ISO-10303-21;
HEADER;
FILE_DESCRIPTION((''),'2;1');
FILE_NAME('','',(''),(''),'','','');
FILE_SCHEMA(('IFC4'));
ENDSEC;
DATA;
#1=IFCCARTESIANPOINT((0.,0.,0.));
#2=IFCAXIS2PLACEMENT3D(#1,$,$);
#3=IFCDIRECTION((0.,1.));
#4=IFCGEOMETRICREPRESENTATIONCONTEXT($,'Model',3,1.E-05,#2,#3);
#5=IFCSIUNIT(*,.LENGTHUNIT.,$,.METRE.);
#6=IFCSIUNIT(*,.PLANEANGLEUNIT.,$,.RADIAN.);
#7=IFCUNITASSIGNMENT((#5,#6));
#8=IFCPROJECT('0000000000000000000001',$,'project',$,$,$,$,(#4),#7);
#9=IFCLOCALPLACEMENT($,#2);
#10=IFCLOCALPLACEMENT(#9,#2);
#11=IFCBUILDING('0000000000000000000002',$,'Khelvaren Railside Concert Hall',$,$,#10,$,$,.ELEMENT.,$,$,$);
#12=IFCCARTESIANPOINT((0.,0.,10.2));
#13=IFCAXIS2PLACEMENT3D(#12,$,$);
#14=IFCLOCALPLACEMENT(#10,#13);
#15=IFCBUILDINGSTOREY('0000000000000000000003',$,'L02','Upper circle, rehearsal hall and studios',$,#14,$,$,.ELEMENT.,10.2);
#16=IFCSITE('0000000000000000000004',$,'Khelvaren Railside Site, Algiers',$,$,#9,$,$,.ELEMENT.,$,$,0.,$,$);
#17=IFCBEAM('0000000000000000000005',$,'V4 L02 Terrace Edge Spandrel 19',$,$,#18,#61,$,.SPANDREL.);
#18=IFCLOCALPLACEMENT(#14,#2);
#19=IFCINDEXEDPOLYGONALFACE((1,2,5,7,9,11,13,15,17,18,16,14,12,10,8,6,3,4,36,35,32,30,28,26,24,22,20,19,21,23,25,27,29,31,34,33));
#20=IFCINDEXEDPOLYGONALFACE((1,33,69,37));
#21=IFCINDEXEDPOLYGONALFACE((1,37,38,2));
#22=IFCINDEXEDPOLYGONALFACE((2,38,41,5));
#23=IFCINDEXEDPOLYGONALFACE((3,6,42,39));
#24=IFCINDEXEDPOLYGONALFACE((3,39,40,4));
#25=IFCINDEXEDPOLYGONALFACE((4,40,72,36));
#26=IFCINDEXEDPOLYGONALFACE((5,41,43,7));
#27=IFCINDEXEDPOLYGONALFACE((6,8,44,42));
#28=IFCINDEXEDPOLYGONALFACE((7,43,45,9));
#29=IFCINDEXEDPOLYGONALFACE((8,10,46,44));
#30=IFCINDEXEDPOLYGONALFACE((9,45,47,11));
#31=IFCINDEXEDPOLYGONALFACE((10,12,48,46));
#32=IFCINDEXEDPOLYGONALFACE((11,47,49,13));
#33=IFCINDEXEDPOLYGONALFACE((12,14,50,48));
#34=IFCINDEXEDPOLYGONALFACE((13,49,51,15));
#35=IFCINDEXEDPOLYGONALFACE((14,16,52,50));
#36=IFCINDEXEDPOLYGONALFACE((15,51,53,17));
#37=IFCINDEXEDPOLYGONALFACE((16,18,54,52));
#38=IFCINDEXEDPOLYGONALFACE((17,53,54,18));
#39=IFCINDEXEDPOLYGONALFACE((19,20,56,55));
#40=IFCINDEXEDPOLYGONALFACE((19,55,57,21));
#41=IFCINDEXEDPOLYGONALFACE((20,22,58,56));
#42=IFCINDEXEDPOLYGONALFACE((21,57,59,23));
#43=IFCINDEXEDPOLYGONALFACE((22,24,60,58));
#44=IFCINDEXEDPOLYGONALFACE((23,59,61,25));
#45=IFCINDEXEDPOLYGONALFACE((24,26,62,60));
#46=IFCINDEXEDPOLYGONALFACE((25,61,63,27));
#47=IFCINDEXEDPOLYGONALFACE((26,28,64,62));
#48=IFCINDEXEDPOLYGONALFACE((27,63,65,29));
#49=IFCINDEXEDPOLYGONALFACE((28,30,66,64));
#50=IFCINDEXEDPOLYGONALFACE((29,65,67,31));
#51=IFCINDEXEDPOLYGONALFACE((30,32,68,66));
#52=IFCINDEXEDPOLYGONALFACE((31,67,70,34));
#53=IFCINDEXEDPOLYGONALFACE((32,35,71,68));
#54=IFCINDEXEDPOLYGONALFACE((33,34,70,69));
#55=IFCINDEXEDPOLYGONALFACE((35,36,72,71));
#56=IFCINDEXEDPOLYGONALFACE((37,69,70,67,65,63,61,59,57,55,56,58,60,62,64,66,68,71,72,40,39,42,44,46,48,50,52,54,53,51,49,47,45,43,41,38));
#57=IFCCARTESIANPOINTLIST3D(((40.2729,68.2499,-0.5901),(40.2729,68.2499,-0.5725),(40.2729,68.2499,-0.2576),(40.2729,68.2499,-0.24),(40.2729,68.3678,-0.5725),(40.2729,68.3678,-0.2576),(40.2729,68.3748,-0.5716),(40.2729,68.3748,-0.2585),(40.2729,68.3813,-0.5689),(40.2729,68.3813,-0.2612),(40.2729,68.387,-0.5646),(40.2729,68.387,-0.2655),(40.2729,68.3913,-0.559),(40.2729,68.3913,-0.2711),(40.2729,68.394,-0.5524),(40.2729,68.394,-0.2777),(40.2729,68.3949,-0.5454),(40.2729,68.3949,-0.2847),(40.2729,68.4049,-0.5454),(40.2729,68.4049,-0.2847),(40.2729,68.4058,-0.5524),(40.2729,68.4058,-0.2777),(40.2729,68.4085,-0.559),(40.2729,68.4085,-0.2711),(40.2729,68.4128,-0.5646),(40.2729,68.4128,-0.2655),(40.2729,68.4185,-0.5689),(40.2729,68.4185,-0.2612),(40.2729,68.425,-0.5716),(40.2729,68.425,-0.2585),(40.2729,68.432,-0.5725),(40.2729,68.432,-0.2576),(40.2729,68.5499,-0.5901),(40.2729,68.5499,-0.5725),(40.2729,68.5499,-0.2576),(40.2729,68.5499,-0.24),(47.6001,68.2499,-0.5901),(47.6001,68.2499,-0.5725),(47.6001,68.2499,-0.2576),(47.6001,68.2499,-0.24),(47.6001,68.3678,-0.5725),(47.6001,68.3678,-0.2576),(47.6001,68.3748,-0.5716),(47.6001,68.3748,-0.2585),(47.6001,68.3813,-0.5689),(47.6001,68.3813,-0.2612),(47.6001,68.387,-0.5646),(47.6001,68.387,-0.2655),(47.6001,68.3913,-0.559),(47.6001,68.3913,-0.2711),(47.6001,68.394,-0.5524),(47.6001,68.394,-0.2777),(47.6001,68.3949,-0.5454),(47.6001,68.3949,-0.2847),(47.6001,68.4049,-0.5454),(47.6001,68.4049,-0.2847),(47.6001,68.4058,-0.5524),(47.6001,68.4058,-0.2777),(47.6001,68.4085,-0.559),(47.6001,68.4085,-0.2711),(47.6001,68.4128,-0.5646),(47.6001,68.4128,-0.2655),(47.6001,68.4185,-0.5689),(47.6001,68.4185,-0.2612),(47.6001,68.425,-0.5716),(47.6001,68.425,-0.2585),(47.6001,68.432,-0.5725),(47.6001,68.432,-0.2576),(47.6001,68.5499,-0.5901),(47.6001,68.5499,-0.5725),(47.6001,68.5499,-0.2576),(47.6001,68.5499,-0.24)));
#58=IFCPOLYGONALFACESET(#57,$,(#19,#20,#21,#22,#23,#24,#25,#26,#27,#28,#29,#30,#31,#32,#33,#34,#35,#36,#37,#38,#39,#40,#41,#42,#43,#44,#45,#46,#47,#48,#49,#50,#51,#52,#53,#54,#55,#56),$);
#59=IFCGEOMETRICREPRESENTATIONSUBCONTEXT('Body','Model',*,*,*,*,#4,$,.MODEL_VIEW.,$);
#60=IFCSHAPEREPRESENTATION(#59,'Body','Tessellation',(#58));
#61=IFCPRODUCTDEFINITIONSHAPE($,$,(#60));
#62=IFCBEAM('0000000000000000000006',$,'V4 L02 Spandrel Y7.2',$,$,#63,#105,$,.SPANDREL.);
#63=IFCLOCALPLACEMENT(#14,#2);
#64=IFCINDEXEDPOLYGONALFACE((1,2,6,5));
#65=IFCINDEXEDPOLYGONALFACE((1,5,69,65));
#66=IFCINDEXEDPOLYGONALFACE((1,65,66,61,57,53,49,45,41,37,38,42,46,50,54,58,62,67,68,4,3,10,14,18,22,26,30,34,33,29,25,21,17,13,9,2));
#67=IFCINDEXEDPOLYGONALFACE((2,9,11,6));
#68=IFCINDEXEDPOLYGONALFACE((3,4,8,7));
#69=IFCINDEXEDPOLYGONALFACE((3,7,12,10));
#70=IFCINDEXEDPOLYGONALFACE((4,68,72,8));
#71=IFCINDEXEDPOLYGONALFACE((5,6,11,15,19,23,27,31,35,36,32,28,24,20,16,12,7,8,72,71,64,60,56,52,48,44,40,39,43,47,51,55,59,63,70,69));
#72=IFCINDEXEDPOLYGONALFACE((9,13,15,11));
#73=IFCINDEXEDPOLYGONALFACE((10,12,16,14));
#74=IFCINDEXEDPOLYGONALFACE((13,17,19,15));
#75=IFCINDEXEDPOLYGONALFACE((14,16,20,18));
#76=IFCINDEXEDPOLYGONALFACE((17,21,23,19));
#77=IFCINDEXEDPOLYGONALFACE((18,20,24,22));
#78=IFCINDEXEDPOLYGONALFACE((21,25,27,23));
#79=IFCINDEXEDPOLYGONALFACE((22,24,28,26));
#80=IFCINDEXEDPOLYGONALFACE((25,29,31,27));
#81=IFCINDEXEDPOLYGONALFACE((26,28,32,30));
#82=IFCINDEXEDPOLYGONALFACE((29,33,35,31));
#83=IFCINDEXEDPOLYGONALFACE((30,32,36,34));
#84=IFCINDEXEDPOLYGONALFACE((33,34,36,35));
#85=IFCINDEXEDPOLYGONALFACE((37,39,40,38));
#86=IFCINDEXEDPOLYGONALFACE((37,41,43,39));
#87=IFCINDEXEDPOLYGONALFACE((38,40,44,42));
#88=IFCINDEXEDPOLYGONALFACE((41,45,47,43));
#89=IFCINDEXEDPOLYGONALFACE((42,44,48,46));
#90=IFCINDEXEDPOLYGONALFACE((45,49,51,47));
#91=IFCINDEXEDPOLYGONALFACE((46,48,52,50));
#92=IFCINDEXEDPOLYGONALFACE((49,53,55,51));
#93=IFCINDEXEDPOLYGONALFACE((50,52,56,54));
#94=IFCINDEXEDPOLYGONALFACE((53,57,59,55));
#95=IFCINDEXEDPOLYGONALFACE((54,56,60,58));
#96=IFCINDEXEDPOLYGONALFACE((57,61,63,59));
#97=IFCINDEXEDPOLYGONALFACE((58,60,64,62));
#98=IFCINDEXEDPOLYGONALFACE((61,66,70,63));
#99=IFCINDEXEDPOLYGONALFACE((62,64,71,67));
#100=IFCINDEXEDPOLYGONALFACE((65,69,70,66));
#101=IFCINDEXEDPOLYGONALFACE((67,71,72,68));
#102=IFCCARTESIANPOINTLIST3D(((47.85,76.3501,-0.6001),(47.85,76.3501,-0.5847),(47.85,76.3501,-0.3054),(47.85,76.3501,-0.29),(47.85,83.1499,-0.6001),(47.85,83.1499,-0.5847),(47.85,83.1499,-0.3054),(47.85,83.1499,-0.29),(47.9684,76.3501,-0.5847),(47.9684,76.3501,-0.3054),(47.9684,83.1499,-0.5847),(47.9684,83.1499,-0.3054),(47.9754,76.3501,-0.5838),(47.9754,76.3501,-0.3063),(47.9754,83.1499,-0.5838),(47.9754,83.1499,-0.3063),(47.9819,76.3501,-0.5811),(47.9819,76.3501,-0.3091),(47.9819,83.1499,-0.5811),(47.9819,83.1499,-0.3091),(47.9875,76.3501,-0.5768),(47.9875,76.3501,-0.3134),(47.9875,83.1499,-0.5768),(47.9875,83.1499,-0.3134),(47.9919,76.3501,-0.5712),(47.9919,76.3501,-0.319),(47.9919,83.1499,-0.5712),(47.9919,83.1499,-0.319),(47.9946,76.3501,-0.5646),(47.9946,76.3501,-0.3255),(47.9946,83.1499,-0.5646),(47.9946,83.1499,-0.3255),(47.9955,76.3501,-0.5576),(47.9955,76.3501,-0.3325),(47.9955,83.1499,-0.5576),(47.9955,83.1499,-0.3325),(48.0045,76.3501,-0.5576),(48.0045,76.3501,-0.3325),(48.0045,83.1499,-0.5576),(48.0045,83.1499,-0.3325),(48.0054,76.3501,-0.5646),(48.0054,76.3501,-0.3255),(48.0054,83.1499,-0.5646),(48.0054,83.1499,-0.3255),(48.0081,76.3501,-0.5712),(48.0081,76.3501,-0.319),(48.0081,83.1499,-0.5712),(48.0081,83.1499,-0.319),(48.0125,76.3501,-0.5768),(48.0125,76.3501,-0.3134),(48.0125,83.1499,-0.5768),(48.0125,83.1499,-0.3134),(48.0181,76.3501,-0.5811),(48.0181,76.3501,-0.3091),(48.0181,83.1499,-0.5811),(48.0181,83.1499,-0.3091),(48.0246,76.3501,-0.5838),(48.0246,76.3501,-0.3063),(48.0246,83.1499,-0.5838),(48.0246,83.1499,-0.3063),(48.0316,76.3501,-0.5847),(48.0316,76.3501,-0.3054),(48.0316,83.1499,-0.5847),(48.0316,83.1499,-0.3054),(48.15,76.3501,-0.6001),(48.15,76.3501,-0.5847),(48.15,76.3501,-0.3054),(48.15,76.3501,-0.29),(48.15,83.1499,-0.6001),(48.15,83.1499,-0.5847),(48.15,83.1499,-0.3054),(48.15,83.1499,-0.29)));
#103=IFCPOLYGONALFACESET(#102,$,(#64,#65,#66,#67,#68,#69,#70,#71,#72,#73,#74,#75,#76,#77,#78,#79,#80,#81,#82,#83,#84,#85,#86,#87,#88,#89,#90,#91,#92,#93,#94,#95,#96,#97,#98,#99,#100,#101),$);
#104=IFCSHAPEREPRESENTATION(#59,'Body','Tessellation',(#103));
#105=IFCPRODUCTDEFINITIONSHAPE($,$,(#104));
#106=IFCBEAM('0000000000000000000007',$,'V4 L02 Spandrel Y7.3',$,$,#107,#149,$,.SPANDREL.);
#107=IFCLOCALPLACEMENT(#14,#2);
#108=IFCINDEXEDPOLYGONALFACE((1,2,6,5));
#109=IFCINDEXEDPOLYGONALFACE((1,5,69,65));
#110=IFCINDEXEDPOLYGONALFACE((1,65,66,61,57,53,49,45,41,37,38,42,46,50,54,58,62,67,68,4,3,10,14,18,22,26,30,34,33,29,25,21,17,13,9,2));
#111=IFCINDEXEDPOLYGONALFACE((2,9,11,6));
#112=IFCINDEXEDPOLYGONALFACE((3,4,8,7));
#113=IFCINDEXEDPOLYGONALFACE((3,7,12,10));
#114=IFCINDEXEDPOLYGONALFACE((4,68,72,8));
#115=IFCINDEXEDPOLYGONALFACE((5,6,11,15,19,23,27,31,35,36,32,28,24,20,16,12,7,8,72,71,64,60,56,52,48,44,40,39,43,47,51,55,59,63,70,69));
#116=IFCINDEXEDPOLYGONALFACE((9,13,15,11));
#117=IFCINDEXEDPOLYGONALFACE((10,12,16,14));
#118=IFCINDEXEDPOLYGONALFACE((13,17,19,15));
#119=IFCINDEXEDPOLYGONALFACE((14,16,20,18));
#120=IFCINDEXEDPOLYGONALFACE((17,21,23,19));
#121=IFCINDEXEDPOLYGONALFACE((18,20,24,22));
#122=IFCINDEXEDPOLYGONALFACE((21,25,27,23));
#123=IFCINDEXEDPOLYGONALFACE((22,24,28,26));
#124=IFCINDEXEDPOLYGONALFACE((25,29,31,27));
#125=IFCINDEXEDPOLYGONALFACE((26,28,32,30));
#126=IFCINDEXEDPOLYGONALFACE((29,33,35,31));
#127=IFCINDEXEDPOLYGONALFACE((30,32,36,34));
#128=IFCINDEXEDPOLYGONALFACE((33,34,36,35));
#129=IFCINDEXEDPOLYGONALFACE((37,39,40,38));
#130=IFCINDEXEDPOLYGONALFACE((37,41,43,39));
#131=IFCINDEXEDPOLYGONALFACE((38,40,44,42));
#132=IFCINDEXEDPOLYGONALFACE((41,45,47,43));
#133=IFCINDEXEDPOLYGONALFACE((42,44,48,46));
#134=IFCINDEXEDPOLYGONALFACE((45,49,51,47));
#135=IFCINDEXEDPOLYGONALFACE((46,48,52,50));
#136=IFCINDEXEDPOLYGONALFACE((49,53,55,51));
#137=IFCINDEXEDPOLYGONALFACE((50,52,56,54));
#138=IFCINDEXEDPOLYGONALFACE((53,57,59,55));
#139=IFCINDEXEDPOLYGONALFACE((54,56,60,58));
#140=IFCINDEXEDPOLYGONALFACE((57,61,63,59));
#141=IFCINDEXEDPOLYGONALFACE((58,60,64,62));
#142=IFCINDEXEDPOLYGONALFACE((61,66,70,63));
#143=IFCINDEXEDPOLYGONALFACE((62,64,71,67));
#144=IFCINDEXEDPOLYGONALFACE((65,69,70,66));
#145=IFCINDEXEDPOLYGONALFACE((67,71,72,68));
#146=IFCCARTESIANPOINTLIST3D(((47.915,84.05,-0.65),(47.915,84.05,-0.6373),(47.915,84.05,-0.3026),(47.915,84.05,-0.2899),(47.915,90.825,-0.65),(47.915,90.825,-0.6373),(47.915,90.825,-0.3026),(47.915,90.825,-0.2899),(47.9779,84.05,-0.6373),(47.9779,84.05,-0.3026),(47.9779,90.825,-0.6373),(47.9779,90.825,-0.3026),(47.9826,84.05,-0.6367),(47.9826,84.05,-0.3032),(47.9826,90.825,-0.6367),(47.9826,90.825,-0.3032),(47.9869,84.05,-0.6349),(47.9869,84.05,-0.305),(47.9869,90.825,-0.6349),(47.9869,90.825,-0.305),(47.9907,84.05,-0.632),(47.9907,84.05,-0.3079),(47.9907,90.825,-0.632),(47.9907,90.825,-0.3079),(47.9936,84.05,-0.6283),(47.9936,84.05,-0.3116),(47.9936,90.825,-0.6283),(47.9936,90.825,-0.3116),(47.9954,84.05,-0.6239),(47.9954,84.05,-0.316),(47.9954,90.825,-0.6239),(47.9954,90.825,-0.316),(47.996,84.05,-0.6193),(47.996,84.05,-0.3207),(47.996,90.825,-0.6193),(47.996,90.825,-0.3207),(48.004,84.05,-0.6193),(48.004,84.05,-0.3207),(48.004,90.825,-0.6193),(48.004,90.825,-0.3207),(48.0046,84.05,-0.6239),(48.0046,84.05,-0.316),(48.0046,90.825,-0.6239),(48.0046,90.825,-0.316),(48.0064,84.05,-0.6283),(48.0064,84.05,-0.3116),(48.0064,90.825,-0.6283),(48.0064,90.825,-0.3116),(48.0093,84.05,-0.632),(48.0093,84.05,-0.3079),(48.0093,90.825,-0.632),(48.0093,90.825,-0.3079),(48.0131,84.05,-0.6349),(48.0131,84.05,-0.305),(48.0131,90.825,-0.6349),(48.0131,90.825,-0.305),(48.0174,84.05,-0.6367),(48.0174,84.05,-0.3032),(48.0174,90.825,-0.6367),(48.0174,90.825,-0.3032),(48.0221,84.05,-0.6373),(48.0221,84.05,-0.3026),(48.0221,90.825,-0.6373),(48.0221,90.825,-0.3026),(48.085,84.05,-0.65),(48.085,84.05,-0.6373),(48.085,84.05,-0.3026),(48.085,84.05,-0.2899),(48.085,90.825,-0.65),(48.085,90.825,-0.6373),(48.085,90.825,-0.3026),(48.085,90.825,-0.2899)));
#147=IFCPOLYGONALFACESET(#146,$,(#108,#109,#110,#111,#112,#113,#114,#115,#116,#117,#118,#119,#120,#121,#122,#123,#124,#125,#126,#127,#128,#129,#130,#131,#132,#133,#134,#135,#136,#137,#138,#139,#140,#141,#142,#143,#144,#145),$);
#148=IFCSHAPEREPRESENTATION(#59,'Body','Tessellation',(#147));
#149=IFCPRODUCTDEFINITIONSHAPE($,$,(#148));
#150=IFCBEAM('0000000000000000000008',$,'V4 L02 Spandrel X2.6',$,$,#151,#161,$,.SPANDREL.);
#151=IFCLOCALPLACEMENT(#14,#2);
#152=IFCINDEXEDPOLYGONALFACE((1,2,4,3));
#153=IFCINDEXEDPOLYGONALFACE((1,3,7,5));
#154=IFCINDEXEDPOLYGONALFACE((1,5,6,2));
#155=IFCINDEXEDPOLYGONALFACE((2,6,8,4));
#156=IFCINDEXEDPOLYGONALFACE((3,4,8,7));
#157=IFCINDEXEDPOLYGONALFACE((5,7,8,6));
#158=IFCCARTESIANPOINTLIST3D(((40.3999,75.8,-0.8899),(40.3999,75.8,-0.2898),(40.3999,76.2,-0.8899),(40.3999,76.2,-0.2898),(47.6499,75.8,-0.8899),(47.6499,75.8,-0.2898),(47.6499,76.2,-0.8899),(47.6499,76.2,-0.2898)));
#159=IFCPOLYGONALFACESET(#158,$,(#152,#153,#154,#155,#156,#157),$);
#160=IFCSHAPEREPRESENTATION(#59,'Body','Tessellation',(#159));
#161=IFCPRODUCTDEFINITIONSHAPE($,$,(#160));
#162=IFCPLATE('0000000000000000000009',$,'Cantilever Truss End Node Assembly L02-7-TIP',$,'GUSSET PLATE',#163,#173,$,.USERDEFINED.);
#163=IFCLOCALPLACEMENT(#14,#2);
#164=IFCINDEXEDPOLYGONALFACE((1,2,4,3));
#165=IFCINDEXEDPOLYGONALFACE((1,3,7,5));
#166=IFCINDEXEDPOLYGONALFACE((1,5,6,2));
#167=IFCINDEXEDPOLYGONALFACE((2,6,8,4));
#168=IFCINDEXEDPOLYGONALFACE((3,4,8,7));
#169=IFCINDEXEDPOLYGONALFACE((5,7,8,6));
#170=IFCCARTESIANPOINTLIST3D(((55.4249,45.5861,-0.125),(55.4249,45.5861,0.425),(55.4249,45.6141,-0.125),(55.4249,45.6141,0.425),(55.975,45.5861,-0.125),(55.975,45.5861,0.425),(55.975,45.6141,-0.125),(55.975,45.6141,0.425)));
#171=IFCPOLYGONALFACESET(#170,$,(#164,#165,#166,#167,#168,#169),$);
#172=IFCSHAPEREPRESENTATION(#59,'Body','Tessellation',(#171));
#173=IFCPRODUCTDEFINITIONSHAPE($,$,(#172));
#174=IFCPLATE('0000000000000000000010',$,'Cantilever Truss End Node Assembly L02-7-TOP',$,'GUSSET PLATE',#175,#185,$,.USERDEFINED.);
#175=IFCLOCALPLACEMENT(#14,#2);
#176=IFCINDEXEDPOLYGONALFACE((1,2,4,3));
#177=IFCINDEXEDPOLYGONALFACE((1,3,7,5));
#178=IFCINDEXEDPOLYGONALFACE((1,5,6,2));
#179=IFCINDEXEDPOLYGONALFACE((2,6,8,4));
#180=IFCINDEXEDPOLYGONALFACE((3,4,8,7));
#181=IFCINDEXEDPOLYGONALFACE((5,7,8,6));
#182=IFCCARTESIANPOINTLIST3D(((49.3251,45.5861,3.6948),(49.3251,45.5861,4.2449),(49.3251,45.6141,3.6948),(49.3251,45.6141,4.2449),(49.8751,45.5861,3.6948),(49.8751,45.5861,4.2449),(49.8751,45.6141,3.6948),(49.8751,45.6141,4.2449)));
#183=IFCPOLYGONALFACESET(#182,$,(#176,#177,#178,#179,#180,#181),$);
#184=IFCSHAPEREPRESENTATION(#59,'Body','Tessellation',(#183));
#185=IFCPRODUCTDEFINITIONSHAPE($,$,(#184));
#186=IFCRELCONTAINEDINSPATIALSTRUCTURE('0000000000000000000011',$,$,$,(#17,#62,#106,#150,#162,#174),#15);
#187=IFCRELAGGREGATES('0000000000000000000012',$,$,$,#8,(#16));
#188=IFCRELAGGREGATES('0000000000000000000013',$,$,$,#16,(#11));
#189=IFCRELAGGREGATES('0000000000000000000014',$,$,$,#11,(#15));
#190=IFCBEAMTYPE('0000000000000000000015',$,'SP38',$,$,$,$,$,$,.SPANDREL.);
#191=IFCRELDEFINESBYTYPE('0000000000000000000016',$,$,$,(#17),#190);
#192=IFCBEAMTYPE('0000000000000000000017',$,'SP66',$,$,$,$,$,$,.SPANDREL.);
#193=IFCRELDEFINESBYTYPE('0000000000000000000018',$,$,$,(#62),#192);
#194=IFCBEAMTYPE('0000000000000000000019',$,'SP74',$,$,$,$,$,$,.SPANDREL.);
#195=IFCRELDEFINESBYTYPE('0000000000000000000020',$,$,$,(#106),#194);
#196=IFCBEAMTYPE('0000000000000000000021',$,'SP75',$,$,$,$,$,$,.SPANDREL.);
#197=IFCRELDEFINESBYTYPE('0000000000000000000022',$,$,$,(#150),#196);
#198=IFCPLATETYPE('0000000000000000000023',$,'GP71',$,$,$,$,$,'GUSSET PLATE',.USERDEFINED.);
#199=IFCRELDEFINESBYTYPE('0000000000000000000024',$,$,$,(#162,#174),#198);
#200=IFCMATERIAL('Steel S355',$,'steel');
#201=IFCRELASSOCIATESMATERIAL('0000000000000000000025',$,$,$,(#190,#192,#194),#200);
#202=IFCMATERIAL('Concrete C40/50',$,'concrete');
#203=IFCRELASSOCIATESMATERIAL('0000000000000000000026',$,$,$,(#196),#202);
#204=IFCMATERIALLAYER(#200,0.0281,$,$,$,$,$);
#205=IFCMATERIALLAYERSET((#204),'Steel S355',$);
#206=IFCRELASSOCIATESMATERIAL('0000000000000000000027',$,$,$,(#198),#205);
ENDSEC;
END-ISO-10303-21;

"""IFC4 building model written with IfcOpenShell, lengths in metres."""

from ifc_helpers import new_model, si_unit, direction, frame, origin, origin_2d, place, context, subcontext, project, spatial, rectangle, i_section, extrude, material, layer, layer_set, material_profile, profile_set, type_object, element, save


model = new_model("IFC4")

# Units and contexts
model_context = context("Model", 3, precision=1e-05, world=origin(), true_north=direction((0.0, 1.0)))
body_context = subcontext(model_context, "Body", "Model", "MODEL_VIEW")
ifc_project = project(units=[si_unit("LENGTHUNIT", "METRE"), si_unit("PLANEANGLEUNIT", "RADIAN")], contexts=[model_context])

# Site, building, storey
site_placement = place(None, origin())
site = spatial("IfcSite", under=ifc_project, at=site_placement, Name="Khelvaren Railside Site, Algiers", CompositionType="ELEMENT", RefElevation=0.0)
building_placement = place(site_placement, origin())
building = spatial("IfcBuilding", under=site, at=building_placement, Name="Khelvaren Railside Concert Hall", CompositionType="ELEMENT")
storey_placement = place(building_placement, frame((0.0, 0.0, 10.2)))
storey = spatial("IfcBuildingStorey", under=building, at=storey_placement, Name="L02", Description="Upper circle, rehearsal hall and studios", CompositionType="ELEMENT", Elevation=10.2)

# Shared definitions
ifc_material_1 = material(Name="Steel S355", Category="steel")

# Beams
ifc_material_2 = material(Name="Concrete C40/50", Category="concrete")
ifc_material_profile_1 = material_profile(ifc_material_1, i_section(OverallWidth=0.3, OverallDepth=0.3501, WebThickness=0.01, FlangeThickness=0.0176, FilletRadius=0.0271, at=origin_2d()), Name="HEA 360")
ifc_profile_set_1 = profile_set([ifc_material_profile_1], Name="Steel S355")
beam_type_1 = type_object("IfcBeamType", Name="SP38", PredefinedType="SPANDREL", material=ifc_profile_set_1)
beam_1_placement = place(storey_placement, frame((40.2729, 68.3999, -0.415), z_axis=(1.0, 0.0, 0.0), x_axis=(0.0, 1.0, 0.0)))
element("IfcBeam", 1, at=beam_1_placement, inside=storey, type_object=beam_type_1, Name="V4 L02 Terrace Edge Spandrel 19", PredefinedType="SPANDREL", context=body_context, shape_type="SweptSolid", body=[
    extrude(i_section(OverallWidth=0.3, OverallDepth=0.3501, WebThickness=0.01, FlangeThickness=0.0176, FilletRadius=0.0271, at=origin_2d()), origin(), (0.0, 0.0, 1.0), 7.3271),
])
ifc_material_profile_2 = material_profile(ifc_material_1, i_section(OverallWidth=0.3, OverallDepth=0.3101, WebThickness=0.009, FlangeThickness=0.0154, FilletRadius=0.0271, at=origin_2d()), Name="HEA 320")
ifc_profile_set_2 = profile_set([ifc_material_profile_2], Name="Steel S355")
beam_type_2 = type_object("IfcBeamType", Name="SP66", PredefinedType="SPANDREL", material=ifc_profile_set_2)
beam_2_placement = place(storey_placement, frame((48.0, 76.3501, -0.4451), z_axis=(0.0, 1.0, 0.0), x_axis=(-1.0, 0.0, 0.0)))
element("IfcBeam", 2, at=beam_2_placement, inside=storey, type_object=beam_type_2, Name="V4 L02 Spandrel Y7.2", PredefinedType="SPANDREL", context=body_context, shape_type="SweptSolid", body=[
    extrude(i_section(OverallWidth=0.3, OverallDepth=0.3101, WebThickness=0.009, FlangeThickness=0.0154, FilletRadius=0.0271, at=origin_2d()), origin(), (0.0, 0.0, 1.0), 6.7998),
])
ifc_material_profile_3 = material_profile(ifc_material_1, i_section(OverallWidth=0.1699, OverallDepth=0.3601, WebThickness=0.0081, FlangeThickness=0.0127, FilletRadius=0.0181, at=origin_2d()), Name="IPE 360")
ifc_profile_set_3 = profile_set([ifc_material_profile_3], Name="Steel S355")
beam_type_3 = type_object("IfcBeamType", Name="SP74", PredefinedType="SPANDREL", material=ifc_profile_set_3)
beam_3_placement = place(storey_placement, frame((48.0, 84.05, -0.47), z_axis=(0.0, 1.0, 0.0), x_axis=(-1.0, 0.0, 0.0)))
element("IfcBeam", 3, at=beam_3_placement, inside=storey, type_object=beam_type_3, Name="V4 L02 Spandrel Y7.3", PredefinedType="SPANDREL", context=body_context, shape_type="SweptSolid", body=[
    extrude(i_section(OverallWidth=0.1699, OverallDepth=0.3601, WebThickness=0.0081, FlangeThickness=0.0127, FilletRadius=0.0181, at=origin_2d()), origin(), (0.0, 0.0, 1.0), 6.7749),
])
ifc_material_profile_4 = material_profile(ifc_material_2, rectangle(XDim=0.3999, YDim=0.6001, at=origin_2d()), Name="RCB 400x600")
ifc_profile_set_4 = profile_set([ifc_material_profile_4], Name="Concrete C40/50")
beam_type_4 = type_object("IfcBeamType", Name="SP75", PredefinedType="SPANDREL", material=ifc_profile_set_4)
beam_4_placement = place(storey_placement, frame((40.3999, 76.0, -0.5898), z_axis=(1.0, 0.0, 0.0), x_axis=(0.0, 1.0, 0.0)))
element("IfcBeam", 4, at=beam_4_placement, inside=storey, type_object=beam_type_4, Name="V4 L02 Spandrel X2.6", PredefinedType="SPANDREL", context=body_context, shape_type="SweptSolid", body=[
    extrude(rectangle(XDim=0.3999, YDim=0.6001, at=origin_2d()), origin(), (0.0, 0.0, 1.0), 7.25),
])

# Plates
ifc_layer_1 = layer(ifc_material_1, 0.0281)
ifc_layer_set_1 = layer_set([ifc_layer_1], Name="Steel S355")
plate_type = type_object("IfcPlateType", Name="GP71", ElementType="GUSSET PLATE", PredefinedType="USERDEFINED", material=ifc_layer_set_1)
for number, where, z_axis, x_axis, name in (
    (5, (55.7, 45.6001, -0.125), (0.0, 0.0, 1.0), (1.0, 0.0, 0.0), "Cantilever Truss End Node Assembly L02-7-TIP"),
    (6, (49.6001, 45.6001, 3.6948), (0.0, 0.0, 1.0), (1.0, 0.0, 0.0), "Cantilever Truss End Node Assembly L02-7-TOP"),
):
    element("IfcPlate", number, at=place(storey_placement, frame(where, z_axis=z_axis, x_axis=x_axis)), inside=storey, type_object=plate_type, Name=name, ObjectType="GUSSET PLATE", PredefinedType="USERDEFINED", context=body_context, shape_type="SweptSolid", body=[
        extrude(rectangle(XDim=0.55, YDim=0.0281, at=origin_2d()), origin(), (0.0, 0.0, 1.0), 0.55),
    ])

save(model, "model.ifc")
